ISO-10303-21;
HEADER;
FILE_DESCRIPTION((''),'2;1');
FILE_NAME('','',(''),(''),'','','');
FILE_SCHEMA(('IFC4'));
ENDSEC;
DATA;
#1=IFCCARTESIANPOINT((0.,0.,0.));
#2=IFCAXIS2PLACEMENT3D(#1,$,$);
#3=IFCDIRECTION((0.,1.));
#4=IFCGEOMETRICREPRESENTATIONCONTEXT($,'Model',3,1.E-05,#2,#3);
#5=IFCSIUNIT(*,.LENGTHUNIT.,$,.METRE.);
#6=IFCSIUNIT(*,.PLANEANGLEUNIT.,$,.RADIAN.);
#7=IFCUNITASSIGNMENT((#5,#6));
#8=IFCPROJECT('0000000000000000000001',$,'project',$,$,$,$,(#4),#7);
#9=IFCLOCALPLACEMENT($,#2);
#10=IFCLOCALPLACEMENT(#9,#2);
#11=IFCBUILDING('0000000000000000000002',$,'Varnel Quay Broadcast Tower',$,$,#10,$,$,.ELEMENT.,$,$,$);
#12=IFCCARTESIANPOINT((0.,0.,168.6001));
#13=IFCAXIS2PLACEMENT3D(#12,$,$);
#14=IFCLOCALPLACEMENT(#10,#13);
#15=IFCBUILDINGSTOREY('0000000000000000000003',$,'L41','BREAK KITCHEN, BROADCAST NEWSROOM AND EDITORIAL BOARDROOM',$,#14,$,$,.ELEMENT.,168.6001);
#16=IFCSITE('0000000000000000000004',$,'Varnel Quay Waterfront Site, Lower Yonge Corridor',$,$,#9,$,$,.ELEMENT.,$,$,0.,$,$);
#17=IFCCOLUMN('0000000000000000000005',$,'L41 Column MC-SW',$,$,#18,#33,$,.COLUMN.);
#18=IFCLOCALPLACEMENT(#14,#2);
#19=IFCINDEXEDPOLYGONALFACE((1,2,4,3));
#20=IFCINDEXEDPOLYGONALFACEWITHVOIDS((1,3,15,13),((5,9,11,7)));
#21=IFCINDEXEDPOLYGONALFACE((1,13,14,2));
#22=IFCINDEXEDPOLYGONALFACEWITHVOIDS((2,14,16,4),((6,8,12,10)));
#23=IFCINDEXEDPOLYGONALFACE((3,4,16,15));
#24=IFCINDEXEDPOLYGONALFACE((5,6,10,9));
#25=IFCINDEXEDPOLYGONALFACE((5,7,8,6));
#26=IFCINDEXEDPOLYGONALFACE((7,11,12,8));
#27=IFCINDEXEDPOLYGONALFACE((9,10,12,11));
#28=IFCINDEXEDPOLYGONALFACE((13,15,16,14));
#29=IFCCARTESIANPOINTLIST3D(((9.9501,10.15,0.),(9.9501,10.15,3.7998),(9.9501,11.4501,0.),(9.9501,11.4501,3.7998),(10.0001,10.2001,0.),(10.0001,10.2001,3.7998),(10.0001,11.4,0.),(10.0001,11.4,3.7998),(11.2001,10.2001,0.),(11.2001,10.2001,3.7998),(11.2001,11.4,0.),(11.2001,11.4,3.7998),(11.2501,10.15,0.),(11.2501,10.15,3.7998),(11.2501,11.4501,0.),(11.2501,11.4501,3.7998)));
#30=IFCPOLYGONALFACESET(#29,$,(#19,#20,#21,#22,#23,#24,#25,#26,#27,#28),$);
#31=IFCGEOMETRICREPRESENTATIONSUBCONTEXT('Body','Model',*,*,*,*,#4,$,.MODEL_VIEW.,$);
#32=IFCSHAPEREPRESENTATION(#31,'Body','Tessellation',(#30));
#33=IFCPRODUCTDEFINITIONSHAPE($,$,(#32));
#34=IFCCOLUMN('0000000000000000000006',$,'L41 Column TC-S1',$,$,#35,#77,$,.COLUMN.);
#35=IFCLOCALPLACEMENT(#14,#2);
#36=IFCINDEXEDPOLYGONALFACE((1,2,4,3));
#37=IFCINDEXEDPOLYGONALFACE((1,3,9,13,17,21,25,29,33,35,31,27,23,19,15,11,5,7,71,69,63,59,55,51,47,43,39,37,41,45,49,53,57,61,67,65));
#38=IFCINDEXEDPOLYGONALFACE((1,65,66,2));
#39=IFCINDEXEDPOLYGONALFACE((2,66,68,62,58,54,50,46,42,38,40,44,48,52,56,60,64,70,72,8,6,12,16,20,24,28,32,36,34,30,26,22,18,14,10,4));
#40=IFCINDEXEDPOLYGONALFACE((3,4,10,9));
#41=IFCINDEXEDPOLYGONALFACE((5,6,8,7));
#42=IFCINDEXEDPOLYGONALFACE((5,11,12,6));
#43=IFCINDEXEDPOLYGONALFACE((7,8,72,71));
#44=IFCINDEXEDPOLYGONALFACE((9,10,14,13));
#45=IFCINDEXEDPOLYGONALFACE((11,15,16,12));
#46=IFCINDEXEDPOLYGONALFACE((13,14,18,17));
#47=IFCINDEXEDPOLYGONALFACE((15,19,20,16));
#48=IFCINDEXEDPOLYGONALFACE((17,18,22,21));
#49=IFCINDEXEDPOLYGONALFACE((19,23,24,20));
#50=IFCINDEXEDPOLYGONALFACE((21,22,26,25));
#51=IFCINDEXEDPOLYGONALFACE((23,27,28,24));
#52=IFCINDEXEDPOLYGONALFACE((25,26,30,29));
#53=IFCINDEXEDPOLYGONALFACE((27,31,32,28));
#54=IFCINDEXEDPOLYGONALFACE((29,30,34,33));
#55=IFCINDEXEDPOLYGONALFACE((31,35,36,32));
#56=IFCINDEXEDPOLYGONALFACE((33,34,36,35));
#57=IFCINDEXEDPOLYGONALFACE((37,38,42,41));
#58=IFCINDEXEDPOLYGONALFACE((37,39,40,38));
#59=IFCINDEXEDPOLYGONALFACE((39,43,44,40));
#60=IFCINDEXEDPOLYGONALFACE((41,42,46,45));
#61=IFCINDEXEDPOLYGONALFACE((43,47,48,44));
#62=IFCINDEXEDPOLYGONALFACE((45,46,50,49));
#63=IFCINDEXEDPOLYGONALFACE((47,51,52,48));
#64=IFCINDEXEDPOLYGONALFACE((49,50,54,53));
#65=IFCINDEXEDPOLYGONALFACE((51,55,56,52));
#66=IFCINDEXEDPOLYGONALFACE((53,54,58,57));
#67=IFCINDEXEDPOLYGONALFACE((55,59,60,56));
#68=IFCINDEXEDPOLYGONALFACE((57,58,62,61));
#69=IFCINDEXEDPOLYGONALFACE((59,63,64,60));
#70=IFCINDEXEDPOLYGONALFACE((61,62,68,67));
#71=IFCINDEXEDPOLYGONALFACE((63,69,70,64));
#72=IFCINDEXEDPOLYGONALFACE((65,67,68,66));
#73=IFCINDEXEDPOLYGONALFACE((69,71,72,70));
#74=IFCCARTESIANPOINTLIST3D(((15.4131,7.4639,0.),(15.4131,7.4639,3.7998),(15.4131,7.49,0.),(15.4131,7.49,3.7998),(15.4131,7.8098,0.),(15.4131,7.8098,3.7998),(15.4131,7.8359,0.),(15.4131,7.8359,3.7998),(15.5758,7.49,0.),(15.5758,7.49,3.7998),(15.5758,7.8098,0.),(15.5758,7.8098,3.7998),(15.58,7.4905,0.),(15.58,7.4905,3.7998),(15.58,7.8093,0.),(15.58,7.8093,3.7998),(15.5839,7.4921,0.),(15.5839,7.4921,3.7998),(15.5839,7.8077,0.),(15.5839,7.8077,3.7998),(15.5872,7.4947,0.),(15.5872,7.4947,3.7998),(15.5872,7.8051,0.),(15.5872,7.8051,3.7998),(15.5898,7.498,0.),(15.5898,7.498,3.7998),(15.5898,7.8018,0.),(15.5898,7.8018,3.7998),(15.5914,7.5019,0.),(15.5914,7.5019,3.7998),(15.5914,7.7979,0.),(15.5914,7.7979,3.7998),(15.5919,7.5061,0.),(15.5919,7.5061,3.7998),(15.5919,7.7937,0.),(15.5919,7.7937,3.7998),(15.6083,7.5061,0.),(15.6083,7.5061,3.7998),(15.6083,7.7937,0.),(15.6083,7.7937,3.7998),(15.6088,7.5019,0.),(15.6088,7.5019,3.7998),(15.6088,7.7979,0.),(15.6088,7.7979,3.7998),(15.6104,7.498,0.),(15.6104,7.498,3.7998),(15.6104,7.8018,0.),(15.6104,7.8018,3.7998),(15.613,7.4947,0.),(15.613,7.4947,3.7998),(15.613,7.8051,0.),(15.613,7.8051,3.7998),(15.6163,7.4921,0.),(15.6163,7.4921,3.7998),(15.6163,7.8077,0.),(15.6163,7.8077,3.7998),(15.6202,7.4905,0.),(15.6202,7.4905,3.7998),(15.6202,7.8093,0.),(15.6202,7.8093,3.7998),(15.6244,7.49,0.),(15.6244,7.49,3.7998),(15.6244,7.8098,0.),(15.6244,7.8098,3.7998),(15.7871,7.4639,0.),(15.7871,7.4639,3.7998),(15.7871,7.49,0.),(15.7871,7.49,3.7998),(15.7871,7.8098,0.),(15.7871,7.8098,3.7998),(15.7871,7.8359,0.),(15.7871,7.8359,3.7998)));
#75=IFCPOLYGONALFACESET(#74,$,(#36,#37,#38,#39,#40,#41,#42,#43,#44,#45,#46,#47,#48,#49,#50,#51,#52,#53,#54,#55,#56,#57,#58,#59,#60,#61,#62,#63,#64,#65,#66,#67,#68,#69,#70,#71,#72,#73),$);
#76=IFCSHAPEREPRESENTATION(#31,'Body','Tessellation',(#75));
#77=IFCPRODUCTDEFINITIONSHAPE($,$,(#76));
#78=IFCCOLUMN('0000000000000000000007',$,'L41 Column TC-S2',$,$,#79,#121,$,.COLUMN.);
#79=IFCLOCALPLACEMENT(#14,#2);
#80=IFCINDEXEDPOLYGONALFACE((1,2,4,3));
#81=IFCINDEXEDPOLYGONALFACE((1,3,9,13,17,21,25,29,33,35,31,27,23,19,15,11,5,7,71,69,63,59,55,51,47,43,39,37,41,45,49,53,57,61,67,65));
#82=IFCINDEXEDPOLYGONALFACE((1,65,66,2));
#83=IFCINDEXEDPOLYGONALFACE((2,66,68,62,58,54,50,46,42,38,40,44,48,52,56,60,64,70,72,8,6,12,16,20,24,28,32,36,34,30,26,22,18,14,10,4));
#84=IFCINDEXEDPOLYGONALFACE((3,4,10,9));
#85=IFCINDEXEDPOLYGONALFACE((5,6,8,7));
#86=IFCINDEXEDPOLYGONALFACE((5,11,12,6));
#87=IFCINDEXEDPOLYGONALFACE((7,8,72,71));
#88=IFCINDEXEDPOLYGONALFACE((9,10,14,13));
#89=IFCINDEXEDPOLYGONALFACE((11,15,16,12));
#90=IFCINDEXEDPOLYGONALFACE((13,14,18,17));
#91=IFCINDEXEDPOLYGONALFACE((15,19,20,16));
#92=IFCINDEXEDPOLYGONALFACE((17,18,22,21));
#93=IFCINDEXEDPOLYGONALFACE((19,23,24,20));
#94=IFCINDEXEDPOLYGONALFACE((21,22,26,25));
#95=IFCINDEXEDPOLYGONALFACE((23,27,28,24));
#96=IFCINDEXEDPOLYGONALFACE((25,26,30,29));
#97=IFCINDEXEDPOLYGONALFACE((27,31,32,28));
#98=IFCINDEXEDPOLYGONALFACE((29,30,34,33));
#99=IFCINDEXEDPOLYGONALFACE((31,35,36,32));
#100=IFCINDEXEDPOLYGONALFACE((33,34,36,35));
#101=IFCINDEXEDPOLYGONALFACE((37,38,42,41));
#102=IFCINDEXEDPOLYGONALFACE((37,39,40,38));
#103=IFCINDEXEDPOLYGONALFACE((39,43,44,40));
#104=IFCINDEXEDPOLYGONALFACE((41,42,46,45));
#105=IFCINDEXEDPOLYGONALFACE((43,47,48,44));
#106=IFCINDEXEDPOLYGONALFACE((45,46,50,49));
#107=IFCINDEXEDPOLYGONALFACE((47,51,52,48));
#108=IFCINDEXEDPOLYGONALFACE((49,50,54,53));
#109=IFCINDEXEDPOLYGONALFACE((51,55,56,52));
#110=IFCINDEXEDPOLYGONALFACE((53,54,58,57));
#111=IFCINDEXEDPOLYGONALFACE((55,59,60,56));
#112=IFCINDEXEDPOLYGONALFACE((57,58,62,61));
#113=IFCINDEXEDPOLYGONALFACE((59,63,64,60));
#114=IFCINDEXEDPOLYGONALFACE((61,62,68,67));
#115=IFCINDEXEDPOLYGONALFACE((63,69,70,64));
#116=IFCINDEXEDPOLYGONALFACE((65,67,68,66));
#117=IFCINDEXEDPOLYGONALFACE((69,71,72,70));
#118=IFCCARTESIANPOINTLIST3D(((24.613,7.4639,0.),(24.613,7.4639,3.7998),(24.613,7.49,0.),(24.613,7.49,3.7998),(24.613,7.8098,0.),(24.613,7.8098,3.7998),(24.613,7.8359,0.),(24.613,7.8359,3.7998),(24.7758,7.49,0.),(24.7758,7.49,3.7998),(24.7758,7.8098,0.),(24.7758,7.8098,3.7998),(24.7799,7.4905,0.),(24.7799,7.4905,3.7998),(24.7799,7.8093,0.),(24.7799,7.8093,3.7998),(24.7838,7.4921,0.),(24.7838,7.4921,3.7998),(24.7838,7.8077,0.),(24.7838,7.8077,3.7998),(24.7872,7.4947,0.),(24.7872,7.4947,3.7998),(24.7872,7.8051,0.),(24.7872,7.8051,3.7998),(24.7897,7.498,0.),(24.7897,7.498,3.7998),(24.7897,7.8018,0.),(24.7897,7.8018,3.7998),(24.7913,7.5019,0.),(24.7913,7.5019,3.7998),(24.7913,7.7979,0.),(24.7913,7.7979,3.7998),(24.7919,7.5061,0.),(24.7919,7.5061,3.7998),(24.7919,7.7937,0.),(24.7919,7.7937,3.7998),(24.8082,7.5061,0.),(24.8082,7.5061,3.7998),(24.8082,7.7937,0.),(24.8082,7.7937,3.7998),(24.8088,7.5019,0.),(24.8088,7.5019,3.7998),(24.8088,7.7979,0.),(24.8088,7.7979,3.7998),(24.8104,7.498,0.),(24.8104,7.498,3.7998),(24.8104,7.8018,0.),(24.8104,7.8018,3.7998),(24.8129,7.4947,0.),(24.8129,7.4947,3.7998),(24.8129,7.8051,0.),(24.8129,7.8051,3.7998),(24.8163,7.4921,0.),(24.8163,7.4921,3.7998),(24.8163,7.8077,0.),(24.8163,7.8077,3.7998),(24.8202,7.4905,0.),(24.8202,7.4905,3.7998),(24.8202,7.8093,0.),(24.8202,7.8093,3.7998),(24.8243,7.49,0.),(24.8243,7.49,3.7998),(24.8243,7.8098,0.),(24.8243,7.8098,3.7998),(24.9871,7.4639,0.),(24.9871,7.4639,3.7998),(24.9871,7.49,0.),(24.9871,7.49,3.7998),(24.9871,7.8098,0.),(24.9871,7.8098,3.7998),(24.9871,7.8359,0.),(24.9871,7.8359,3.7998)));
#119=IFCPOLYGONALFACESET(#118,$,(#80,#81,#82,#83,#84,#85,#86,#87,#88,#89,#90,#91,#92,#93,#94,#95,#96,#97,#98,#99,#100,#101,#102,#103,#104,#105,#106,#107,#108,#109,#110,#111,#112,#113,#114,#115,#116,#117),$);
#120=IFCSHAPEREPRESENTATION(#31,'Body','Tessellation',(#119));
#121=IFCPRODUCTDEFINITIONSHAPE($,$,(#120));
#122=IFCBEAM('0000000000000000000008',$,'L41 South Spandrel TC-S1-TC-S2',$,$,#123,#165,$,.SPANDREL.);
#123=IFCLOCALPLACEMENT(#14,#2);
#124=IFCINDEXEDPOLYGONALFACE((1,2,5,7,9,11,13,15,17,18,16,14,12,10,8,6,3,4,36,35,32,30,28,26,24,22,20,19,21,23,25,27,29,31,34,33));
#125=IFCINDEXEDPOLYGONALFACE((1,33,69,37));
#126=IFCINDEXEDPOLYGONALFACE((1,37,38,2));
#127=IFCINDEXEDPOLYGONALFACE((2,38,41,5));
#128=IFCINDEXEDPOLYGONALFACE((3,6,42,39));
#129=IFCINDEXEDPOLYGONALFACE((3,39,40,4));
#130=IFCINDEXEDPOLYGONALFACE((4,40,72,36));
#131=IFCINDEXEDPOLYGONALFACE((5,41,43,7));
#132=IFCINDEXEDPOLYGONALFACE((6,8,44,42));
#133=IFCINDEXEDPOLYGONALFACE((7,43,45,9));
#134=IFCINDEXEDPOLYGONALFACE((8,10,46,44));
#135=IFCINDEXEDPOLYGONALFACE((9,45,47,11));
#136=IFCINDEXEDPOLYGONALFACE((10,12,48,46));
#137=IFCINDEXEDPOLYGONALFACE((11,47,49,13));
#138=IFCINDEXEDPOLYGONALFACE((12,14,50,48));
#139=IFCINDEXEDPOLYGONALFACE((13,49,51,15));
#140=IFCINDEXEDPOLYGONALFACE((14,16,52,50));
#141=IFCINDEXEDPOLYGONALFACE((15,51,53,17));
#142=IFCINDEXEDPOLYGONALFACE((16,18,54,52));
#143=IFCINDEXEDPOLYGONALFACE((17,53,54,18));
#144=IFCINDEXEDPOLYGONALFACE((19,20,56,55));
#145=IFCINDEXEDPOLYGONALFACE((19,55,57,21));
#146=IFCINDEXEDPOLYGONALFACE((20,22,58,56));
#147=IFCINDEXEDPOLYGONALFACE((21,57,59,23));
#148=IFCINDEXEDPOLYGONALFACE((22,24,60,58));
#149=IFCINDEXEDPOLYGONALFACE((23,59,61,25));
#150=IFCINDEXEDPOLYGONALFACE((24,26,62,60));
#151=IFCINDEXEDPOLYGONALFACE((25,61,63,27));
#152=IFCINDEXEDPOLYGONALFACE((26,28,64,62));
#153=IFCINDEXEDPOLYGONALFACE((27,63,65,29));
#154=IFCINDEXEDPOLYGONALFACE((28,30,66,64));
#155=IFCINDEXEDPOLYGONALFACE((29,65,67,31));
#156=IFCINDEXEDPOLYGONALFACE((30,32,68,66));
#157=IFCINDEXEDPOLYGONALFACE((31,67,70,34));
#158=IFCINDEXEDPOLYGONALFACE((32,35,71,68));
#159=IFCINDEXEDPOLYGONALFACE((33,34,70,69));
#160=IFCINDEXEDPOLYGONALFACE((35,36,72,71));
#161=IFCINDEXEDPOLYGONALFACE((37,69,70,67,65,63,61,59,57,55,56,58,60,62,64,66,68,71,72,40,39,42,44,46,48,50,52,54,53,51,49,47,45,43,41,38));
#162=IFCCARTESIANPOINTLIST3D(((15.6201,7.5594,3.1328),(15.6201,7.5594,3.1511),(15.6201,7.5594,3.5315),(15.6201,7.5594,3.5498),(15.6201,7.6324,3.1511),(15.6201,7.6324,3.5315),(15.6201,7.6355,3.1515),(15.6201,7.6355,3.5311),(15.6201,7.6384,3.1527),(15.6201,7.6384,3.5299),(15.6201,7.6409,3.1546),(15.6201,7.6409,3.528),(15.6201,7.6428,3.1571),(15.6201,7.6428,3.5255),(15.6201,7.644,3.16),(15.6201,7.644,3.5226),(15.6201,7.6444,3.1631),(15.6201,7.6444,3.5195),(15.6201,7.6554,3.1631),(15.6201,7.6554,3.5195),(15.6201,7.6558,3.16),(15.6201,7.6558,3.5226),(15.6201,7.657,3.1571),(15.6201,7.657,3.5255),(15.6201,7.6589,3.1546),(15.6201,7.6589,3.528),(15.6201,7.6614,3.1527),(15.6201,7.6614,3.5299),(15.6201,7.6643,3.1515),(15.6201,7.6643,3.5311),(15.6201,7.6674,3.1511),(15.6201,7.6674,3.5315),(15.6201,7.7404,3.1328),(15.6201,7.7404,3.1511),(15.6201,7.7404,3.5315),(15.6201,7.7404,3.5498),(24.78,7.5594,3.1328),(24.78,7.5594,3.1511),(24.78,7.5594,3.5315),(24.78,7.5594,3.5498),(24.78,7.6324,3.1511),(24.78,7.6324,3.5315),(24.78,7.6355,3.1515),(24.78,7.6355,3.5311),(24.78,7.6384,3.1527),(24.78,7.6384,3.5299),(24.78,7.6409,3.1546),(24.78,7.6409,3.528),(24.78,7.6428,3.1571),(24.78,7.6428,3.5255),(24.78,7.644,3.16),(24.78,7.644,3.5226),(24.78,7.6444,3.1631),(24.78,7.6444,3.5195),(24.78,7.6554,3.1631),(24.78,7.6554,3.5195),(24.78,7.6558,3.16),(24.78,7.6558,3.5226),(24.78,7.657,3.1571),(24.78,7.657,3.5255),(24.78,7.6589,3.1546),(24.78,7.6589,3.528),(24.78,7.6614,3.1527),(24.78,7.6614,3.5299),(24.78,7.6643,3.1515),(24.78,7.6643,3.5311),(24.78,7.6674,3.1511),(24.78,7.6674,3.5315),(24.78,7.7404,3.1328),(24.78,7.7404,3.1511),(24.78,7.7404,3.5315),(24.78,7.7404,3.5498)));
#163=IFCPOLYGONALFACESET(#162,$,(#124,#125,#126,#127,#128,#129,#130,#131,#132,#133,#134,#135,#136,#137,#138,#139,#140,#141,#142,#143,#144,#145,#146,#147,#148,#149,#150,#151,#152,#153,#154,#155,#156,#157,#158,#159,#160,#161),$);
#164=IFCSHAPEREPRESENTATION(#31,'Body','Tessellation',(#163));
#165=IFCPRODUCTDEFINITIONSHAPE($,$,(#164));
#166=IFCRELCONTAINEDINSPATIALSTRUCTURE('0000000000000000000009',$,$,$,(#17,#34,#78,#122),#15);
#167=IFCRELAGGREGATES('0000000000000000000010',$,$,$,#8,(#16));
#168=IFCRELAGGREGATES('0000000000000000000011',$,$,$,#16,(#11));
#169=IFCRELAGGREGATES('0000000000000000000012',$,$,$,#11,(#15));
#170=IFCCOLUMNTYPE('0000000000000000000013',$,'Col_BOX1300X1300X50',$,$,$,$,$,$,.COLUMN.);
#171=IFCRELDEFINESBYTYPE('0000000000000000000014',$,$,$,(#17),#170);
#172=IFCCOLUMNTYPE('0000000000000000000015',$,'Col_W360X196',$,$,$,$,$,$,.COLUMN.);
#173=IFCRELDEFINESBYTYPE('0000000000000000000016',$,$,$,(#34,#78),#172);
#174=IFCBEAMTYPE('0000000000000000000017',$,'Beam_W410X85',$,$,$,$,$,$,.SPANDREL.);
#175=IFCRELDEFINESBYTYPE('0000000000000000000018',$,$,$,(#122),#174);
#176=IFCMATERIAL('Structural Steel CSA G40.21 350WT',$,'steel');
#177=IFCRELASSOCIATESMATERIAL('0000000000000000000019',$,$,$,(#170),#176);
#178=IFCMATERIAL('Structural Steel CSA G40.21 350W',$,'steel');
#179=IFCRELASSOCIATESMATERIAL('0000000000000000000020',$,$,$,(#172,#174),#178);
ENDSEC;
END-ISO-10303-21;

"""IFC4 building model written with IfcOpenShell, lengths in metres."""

from ifc_helpers import new_model, si_unit, direction, frame, origin, origin_2d, place, context, subcontext, project, spatial, hollow_rectangle, i_section, extrude, source, transform, mapped, material, material_profile, profile_set, type_object, type_shapes, element, save


model = new_model("IFC4")

# Units and contexts
model_context = context("Model", 3, precision=1e-05, world=origin(), true_north=direction((0.0, 1.0)))
body_context = subcontext(model_context, "Body", "Model", "MODEL_VIEW")
ifc_project = project(units=[si_unit("LENGTHUNIT", "METRE"), si_unit("PLANEANGLEUNIT", "RADIAN")], contexts=[model_context])

# Site, building, storey
site_placement = place(None, origin())
site = spatial("IfcSite", under=ifc_project, at=site_placement, Name="Varnel Quay Waterfront Site, Lower Yonge Corridor", CompositionType="ELEMENT", RefElevation=0.0)
building_placement = place(site_placement, origin())
building = spatial("IfcBuilding", under=site, at=building_placement, Name="Varnel Quay Broadcast Tower", CompositionType="ELEMENT")
storey_placement = place(building_placement, frame((0.0, 0.0, 168.6001)))
storey = spatial("IfcBuildingStorey", under=building, at=storey_placement, Name="L41", Description="BREAK KITCHEN, BROADCAST NEWSROOM AND EDITORIAL BOARDROOM", CompositionType="ELEMENT", Elevation=168.6001)

# Columns
ifc_material_1 = material(Name="Structural Steel CSA G40.21 350WT", Category="steel")
ifc_material_profile_1 = material_profile(ifc_material_1, hollow_rectangle(XDim=1.3, YDim=1.3, WallThickness=0.05, at=origin_2d()), Name="BOX1300X1300X50")
ifc_profile_set_1 = profile_set([ifc_material_profile_1], Name="Structural Steel CSA G40.21 350WT")
column_type_1 = type_object("IfcColumnType", Name="Col_BOX1300X1300X50", PredefinedType="COLUMN", material=ifc_profile_set_1)
shared_shape_1 = source(origin(), body_context, "Body", "SweptSolid", [
    extrude(hollow_rectangle(XDim=1.3, YDim=1.3, WallThickness=0.05, at=origin_2d()), origin(), (0.0, 0.0, 1.0), 3.7998),
])
type_shapes(column_type_1, [shared_shape_1])
column_placement = place(storey_placement, frame((10.6001, 10.8, 0.0), z_axis=(0.0, 0.0, 1.0), x_axis=(1.0, 0.0, 0.0)))
element("IfcColumn", 1, at=column_placement, inside=storey, type_object=column_type_1, Name="L41 Column MC-SW", PredefinedType="COLUMN", context=body_context, shape_type="MappedRepresentation", body=[
    mapped(shared_shape_1, transform((0.0, 0.0, 0.0), x_axis=(1.0, 0.0, 0.0), y_axis=(0.0, 1.0, 0.0), z_axis=(0.0, 0.0, 1.0), scale=1.0)),
])
ifc_material_2 = material(Name="Structural Steel CSA G40.21 350W", Category="steel")
ifc_material_profile_2 = material_profile(ifc_material_2, i_section(OverallWidth=0.374, OverallDepth=0.3721, WebThickness=0.0164, FlangeThickness=0.0261, FilletRadius=0.0161, at=origin_2d()), Name="W360X196")
ifc_profile_set_2 = profile_set([ifc_material_profile_2], Name="Structural Steel CSA G40.21 350W")
column_type_2 = type_object("IfcColumnType", Name="Col_W360X196", PredefinedType="COLUMN", material=ifc_profile_set_2)
shared_shape_2 = source(origin(), body_context, "Body", "SweptSolid", [
    extrude(i_section(OverallWidth=0.374, OverallDepth=0.3721, WebThickness=0.0164, FlangeThickness=0.0261, FilletRadius=0.0161, at=origin_2d()), origin(), (0.0, 0.0, 1.0), 3.7998),
])
type_shapes(column_type_2, [shared_shape_2])
for number, where, z_axis, x_axis, name in (
    (2, (15.6001, 7.6499, 0.0), (0.0, 0.0, 1.0), (1.0, 0.0, 0.0), "L41 Column TC-S1"),
    (3, (24.8, 7.6499, 0.0), (0.0, 0.0, 1.0), (1.0, 0.0, 0.0), "L41 Column TC-S2"),
):
    element("IfcColumn", number, at=place(storey_placement, frame(where, z_axis=z_axis, x_axis=x_axis)), inside=storey, type_object=column_type_2, Name=name, PredefinedType="COLUMN", context=body_context, shape_type="MappedRepresentation", body=[
        mapped(shared_shape_2, transform((0.0, 0.0, 0.0), x_axis=(1.0, 0.0, 0.0), y_axis=(0.0, 1.0, 0.0), z_axis=(0.0, 0.0, 1.0), scale=1.0)),
    ])

# Beam
ifc_material_profile_3 = material_profile(ifc_material_2, i_section(OverallWidth=0.1809, OverallDepth=0.417, WebThickness=0.011, FlangeThickness=0.0183, FilletRadius=0.012, at=origin_2d()), Name="W410X85")
ifc_profile_set_3 = profile_set([ifc_material_profile_3], Name="Structural Steel CSA G40.21 350W")
beam_type_1 = type_object("IfcBeamType", Name="Beam_W410X85", PredefinedType="SPANDREL", material=ifc_profile_set_3)
shared_shape_3 = source(origin(), body_context, "Body", "SweptSolid", [
    extrude(i_section(OverallWidth=0.1809, OverallDepth=0.417, WebThickness=0.011, FlangeThickness=0.0183, FilletRadius=0.012, at=origin_2d()), origin(), (0.0, 0.0, 1.0), 9.1599),
])
for number, where, z_axis, x_axis, name in (
    (4, (15.6201, 7.6499, 3.3413), (1.0, 0.0, 0.0), (0.0, 1.0, 0.0), "L41 South Spandrel TC-S1-TC-S2"),
):
    element("IfcBeam", number, at=place(storey_placement, frame(where, z_axis=z_axis, x_axis=x_axis)), inside=storey, type_object=beam_type_1, Name=name, PredefinedType="SPANDREL", context=body_context, shape_type="MappedRepresentation", body=[
        mapped(shared_shape_3, transform((0.0, 0.0, 0.0), x_axis=(1.0, 0.0, 0.0), y_axis=(0.0, 1.0, 0.0), z_axis=(0.0, 0.0, 1.0), scale=1.0)),
    ])

save(model, "model.ifc")
